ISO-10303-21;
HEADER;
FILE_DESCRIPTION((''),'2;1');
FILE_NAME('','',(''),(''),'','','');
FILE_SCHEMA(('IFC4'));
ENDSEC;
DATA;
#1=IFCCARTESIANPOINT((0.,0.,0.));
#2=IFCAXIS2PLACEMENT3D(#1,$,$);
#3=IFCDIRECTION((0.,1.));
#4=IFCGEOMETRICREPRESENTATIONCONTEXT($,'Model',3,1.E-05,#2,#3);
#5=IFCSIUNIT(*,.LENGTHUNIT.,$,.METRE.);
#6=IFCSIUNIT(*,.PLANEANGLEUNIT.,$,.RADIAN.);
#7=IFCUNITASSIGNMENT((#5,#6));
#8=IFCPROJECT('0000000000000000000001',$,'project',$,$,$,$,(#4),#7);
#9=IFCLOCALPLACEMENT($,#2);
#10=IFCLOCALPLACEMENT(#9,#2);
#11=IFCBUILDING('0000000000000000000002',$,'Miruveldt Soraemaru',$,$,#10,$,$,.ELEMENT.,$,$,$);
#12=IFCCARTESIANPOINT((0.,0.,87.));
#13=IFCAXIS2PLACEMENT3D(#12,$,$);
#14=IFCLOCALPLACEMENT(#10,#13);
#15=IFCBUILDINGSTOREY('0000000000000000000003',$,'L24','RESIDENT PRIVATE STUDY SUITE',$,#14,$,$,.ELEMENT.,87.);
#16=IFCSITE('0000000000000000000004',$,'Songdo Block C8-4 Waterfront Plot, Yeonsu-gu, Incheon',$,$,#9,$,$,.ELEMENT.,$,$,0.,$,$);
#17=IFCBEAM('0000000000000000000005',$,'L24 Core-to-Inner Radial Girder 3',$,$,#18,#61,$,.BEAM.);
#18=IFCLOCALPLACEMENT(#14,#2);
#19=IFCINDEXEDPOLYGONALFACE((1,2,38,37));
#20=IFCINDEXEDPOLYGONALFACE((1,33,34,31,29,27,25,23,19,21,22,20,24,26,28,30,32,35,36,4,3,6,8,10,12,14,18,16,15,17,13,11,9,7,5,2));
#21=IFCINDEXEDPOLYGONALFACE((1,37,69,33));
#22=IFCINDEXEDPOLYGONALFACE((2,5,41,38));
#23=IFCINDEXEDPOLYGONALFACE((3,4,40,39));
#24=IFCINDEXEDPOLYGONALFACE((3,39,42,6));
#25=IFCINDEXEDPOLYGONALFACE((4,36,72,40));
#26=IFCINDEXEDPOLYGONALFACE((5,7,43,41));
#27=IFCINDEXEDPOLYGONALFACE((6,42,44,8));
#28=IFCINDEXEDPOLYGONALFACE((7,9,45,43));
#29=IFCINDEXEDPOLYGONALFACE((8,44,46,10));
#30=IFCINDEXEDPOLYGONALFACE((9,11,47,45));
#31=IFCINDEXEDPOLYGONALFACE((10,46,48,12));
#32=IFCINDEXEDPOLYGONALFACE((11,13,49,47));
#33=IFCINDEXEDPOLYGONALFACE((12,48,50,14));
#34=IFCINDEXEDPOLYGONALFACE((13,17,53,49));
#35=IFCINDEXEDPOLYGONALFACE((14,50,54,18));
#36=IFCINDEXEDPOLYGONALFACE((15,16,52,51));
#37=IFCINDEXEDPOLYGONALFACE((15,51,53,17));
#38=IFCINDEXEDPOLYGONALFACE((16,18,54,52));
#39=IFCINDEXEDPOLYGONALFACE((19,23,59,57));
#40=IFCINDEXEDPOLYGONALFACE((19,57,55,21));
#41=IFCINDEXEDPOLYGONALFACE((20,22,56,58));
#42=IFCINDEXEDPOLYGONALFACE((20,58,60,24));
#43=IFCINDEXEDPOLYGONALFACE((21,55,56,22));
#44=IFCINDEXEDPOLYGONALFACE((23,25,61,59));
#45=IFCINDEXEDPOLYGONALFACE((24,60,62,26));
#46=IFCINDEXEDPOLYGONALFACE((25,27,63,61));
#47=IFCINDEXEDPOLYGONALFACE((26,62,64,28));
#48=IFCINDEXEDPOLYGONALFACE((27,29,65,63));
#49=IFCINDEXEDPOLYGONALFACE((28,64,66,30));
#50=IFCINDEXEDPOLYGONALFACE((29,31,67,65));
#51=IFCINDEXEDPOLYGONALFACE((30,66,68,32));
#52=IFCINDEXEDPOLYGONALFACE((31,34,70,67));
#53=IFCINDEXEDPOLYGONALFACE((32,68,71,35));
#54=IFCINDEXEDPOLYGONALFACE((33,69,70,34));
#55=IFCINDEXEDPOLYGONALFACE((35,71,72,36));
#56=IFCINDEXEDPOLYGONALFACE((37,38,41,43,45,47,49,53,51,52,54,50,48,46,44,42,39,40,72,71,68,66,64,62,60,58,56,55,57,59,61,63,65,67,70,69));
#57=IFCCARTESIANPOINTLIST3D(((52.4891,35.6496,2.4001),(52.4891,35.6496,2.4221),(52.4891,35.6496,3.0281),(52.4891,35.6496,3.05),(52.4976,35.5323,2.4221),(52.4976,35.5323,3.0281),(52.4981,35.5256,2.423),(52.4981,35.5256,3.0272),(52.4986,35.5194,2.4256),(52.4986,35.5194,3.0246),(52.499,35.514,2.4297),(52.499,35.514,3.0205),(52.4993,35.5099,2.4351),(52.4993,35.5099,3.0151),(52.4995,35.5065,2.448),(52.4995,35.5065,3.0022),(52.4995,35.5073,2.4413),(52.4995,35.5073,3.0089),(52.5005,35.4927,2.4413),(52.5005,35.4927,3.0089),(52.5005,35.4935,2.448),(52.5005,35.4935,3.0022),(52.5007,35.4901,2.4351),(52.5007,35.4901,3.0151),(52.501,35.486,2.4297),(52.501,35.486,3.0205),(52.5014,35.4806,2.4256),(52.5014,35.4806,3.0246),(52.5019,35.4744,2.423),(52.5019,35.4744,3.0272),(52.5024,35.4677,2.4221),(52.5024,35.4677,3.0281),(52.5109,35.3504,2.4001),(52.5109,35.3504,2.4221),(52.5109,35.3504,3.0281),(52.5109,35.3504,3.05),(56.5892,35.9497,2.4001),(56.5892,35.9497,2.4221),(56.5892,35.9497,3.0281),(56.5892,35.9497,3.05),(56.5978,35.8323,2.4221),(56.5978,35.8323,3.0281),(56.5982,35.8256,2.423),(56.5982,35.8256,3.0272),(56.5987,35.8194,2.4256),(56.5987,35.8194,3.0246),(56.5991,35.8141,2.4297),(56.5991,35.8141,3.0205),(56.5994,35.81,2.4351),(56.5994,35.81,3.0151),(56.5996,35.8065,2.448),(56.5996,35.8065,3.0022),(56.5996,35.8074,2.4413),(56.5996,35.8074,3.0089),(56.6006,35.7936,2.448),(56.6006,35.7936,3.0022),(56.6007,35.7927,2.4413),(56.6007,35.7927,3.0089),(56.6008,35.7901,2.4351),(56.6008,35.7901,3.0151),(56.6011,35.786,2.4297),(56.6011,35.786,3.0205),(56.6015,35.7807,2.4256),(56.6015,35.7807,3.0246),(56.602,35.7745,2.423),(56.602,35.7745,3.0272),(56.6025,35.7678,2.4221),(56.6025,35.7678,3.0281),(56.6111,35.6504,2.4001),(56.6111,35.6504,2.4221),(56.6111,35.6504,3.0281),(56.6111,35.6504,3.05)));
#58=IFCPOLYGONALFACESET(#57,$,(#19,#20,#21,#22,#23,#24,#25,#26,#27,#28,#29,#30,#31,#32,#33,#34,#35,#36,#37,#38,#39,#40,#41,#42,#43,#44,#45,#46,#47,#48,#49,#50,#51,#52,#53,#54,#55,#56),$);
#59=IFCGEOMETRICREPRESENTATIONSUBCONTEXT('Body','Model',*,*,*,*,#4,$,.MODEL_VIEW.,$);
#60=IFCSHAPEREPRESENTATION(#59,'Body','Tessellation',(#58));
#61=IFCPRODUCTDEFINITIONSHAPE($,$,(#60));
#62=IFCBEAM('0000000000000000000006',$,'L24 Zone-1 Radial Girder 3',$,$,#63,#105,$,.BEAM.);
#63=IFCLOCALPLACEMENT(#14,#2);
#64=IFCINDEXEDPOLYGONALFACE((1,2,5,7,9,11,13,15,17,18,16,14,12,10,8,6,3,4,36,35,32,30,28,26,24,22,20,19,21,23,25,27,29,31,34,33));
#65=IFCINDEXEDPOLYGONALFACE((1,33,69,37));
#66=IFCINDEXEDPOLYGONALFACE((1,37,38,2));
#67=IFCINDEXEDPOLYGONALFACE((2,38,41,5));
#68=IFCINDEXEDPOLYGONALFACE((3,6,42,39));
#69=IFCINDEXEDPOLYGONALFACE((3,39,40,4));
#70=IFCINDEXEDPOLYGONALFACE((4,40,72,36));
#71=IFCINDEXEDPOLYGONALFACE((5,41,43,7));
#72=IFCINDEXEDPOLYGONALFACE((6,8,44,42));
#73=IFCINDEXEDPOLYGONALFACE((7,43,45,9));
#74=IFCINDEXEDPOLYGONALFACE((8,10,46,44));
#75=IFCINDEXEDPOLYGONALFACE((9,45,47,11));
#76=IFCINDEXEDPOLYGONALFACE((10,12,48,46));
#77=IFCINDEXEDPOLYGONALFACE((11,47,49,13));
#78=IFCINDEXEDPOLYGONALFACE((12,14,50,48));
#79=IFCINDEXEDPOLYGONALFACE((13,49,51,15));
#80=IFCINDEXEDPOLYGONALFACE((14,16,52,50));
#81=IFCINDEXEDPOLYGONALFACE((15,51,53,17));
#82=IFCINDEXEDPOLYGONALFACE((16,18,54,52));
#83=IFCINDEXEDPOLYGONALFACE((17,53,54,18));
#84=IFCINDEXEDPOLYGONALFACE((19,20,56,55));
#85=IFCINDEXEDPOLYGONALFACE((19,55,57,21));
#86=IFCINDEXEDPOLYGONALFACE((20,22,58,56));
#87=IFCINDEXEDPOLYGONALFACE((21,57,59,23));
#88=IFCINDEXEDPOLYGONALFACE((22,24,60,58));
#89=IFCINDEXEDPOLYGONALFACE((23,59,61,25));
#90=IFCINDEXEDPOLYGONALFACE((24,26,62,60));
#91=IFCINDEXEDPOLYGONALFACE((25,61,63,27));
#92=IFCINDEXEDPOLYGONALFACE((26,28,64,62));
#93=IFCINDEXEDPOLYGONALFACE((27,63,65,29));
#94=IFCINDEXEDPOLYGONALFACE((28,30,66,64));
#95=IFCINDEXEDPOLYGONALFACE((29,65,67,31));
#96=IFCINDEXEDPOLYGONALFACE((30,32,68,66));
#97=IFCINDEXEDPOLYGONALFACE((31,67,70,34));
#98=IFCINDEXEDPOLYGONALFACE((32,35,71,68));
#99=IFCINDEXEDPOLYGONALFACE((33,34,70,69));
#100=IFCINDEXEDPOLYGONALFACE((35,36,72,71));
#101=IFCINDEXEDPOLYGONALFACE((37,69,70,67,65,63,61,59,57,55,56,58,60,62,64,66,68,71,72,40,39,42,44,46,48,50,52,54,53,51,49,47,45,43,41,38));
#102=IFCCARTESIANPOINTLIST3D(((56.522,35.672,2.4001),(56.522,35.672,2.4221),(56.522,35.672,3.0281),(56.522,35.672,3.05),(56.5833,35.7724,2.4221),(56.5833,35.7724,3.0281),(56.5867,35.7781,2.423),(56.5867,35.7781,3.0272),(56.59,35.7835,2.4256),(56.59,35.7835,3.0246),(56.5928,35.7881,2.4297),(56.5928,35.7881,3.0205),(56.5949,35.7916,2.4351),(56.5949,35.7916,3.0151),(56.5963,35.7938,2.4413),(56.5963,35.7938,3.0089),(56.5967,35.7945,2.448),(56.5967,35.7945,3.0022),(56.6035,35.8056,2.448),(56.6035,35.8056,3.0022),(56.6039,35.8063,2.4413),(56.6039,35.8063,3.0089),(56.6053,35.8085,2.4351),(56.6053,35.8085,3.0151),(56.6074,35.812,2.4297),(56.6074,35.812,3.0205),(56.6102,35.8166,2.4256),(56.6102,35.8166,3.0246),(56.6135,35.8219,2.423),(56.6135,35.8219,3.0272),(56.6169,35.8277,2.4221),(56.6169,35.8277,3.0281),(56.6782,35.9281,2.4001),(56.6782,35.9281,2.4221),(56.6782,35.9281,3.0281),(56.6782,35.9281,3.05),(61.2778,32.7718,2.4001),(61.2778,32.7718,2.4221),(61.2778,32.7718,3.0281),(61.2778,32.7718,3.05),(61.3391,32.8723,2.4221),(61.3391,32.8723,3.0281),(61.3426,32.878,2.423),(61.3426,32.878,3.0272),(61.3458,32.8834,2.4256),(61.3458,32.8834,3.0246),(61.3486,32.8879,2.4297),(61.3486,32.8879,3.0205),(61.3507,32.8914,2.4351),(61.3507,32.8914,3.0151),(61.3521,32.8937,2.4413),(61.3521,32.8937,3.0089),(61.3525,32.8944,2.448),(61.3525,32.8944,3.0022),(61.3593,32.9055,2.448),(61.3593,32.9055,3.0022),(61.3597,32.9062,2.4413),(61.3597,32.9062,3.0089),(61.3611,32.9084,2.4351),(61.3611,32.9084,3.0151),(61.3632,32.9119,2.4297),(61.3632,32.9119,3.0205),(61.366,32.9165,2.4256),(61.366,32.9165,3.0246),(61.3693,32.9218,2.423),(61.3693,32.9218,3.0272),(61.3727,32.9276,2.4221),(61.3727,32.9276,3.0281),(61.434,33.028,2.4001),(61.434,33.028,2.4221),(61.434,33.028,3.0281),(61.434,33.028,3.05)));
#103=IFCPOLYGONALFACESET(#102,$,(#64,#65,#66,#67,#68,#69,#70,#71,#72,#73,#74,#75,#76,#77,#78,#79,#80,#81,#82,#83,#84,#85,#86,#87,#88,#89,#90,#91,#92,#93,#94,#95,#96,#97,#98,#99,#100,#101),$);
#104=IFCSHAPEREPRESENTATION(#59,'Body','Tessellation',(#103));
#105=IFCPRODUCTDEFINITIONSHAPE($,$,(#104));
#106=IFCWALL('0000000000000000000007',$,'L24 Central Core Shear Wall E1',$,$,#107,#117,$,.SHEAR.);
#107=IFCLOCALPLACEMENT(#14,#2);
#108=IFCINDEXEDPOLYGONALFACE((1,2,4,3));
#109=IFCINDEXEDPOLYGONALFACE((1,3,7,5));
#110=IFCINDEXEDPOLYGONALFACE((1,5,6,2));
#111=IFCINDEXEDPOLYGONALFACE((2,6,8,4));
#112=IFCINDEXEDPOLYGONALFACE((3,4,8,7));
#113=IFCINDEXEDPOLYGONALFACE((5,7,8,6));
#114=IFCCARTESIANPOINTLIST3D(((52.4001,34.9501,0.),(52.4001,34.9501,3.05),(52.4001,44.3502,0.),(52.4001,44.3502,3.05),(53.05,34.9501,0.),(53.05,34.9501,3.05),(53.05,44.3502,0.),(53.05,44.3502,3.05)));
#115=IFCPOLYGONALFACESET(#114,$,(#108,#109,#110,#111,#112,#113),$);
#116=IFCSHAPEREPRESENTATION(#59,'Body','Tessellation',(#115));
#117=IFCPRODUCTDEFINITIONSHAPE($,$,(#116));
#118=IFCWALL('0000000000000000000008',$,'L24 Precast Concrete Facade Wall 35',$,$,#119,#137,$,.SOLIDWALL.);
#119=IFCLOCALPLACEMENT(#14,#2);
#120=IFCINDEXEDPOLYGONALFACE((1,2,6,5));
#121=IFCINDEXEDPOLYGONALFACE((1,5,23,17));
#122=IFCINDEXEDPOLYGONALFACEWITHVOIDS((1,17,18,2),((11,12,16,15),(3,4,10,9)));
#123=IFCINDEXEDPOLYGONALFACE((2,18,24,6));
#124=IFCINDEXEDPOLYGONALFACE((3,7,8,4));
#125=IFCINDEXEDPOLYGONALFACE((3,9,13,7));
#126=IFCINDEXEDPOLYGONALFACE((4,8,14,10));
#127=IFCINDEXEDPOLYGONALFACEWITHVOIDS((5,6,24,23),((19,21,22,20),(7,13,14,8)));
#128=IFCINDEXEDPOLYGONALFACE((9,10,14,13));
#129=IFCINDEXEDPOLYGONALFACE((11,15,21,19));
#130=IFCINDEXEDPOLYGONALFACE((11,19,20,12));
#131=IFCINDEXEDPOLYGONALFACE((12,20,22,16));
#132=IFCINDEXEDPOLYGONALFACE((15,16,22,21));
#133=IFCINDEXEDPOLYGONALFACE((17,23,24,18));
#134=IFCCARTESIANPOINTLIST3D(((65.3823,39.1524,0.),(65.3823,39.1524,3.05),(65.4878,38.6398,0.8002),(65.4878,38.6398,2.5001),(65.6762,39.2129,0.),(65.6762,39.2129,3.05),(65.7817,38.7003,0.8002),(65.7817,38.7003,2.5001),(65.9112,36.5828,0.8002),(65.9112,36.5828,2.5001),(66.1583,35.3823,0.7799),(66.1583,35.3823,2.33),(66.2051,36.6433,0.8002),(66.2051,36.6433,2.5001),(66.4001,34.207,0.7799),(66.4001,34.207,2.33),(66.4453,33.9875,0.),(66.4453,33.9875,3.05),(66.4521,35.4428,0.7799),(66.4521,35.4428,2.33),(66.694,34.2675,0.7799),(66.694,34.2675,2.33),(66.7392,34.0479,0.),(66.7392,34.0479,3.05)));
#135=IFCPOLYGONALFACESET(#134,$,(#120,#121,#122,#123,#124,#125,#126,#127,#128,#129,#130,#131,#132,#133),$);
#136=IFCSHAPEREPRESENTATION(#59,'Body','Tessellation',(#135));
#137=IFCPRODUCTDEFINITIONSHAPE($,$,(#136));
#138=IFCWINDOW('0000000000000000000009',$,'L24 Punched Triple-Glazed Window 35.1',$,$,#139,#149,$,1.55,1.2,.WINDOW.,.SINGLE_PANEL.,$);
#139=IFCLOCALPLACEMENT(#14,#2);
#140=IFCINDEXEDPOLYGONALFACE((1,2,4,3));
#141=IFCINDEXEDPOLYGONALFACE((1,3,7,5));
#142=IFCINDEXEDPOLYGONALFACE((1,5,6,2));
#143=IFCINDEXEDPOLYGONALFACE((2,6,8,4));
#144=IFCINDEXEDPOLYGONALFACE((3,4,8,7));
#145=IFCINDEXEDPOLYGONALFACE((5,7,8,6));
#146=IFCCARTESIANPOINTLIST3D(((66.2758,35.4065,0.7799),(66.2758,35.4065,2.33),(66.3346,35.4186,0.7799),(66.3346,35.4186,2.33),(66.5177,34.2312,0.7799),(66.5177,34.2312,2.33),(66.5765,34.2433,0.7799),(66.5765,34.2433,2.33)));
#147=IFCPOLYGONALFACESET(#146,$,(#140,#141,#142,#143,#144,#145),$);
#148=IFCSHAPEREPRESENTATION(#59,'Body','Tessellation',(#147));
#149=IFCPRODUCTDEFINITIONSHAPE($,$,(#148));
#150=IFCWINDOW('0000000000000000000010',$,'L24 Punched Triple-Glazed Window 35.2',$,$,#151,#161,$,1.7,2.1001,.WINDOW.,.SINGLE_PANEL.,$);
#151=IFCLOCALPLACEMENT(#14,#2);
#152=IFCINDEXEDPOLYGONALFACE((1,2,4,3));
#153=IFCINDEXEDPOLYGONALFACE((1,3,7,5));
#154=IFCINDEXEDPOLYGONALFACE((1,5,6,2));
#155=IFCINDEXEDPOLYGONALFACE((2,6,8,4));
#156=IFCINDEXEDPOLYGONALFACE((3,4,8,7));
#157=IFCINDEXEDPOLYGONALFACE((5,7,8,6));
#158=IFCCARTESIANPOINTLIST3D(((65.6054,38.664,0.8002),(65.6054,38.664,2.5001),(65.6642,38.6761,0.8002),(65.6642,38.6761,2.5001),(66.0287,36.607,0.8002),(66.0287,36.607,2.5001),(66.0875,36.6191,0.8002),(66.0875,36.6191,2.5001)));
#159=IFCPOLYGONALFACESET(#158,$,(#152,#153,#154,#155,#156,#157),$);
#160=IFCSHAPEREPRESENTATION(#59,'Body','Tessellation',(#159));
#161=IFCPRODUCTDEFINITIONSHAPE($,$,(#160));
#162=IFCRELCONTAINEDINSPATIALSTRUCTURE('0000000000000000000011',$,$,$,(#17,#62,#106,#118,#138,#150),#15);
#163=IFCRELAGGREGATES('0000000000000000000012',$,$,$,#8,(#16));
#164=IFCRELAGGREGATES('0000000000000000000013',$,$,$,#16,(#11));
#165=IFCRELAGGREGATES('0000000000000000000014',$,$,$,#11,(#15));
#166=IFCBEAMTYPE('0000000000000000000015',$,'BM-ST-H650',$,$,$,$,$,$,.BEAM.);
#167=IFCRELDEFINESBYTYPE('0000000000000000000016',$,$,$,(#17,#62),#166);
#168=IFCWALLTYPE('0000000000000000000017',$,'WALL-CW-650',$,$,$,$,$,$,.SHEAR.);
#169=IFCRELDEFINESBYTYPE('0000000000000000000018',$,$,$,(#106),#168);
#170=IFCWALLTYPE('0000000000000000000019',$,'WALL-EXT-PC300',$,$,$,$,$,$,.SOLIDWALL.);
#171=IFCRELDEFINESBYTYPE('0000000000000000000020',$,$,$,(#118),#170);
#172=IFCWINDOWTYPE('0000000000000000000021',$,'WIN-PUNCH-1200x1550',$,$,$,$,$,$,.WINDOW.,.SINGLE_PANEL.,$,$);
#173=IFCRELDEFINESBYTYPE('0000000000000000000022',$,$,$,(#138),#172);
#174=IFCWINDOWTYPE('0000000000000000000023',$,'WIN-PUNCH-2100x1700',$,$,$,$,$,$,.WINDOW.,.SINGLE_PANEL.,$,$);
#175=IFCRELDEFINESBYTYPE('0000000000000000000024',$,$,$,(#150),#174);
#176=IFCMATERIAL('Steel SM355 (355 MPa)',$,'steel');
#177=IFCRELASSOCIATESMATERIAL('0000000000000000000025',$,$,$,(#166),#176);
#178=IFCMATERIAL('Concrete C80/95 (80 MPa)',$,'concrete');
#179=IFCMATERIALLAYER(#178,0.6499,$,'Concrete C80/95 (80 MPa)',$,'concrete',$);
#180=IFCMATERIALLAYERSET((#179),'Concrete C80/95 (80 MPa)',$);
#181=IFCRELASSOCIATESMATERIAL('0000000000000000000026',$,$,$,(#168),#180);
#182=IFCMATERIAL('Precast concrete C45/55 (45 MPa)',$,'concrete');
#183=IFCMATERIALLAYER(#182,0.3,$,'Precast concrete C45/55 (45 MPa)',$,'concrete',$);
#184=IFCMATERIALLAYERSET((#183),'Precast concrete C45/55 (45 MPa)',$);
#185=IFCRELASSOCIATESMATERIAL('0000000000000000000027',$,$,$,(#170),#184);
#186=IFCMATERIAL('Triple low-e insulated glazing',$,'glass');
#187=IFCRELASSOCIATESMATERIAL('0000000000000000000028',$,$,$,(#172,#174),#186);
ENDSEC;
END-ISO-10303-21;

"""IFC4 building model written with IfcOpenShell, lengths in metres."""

from ifc_helpers import new_model, si_unit, direction, frame, frame_2d, origin, origin_2d, place, context, subcontext, project, spatial, rectangle, i_section, extrude, material, layer, layer_set, material_profile, profile_set, type_object, element, fill, save


model = new_model("IFC4")

# Units and contexts
model_context = context("Model", 3, precision=1e-05, world=origin(), true_north=direction((0.0, 1.0)))
body_context = subcontext(model_context, "Body", "Model", "MODEL_VIEW")
ifc_project = project(units=[si_unit("LENGTHUNIT", "METRE"), si_unit("PLANEANGLEUNIT", "RADIAN")], contexts=[model_context])

# Site, building, storey
site_placement = place(None, origin())
site = spatial("IfcSite", under=ifc_project, at=site_placement, Name="Songdo Block C8-4 Waterfront Plot, Yeonsu-gu, Incheon", CompositionType="ELEMENT", RefElevation=0.0)
building_placement = place(site_placement, origin())
building = spatial("IfcBuilding", under=site, at=building_placement, Name="Miruveldt Soraemaru", CompositionType="ELEMENT")
storey_placement = place(building_placement, frame((0.0, 0.0, 87.0)))
storey = spatial("IfcBuildingStorey", under=building, at=storey_placement, Name="L24", Description="RESIDENT PRIVATE STUDY SUITE", CompositionType="ELEMENT", Elevation=87.0)

# Beams
ifc_material_1 = material(Name="Steel SM355 (355 MPa)", Category="steel")
ifc_material_profile_1 = material_profile(ifc_material_1, i_section(OverallWidth=0.3, OverallDepth=0.6499, WebThickness=0.0129, FlangeThickness=0.022, FilletRadius=0.0259, at=origin_2d()), Name="Steel SM355 (355 MPa)", Category="steel")
ifc_profile_set_1 = profile_set([ifc_material_profile_1], Name="Steel SM355 (355 MPa)")
beam_type_1 = type_object("IfcBeamType", Name="BM-ST-H650", PredefinedType="BEAM", material=ifc_profile_set_1)
beam_1_placement = place(storey_placement, frame((52.5, 35.5, 2.7251), z_axis=(0.997333, 0.072986, 0.0), x_axis=(-0.072986, 0.997333, 0.0)))
element("IfcBeam", 1, at=beam_1_placement, inside=storey, type_object=beam_type_1, Name="L24 Core-to-Inner Radial Girder 3", PredefinedType="BEAM", context=body_context, shape_type="SweptSolid", body=[
    extrude(i_section(OverallWidth=0.3, OverallDepth=0.6499, WebThickness=0.0129, FlangeThickness=0.022, FilletRadius=0.0259, at=origin_2d()), origin(), (0.0, 0.0, 1.0), 4.1111),
])
beam_2_placement = place(storey_placement, frame((56.6001, 35.8, 2.7251), z_axis=(0.853778, -0.520638, 0.0), x_axis=(0.520638, 0.853778, 0.0)))
element("IfcBeam", 2, at=beam_2_placement, inside=storey, type_object=beam_type_1, Name="L24 Zone-1 Radial Girder 3", PredefinedType="BEAM", context=body_context, shape_type="SweptSolid", body=[
    extrude(i_section(OverallWidth=0.3, OverallDepth=0.6499, WebThickness=0.0129, FlangeThickness=0.022, FilletRadius=0.0259, at=origin_2d()), origin(), (0.0, 0.0, 1.0), 5.5703),
])

# Wall
ifc_material_2 = material(Name="Concrete C80/95 (80 MPa)", Category="concrete")
ifc_layer_1 = layer(ifc_material_2, 0.6499, Name="Concrete C80/95 (80 MPa)", Category="concrete")
ifc_layer_set_1 = layer_set([ifc_layer_1], Name="Concrete C80/95 (80 MPa)")
wall_type_1 = type_object("IfcWallType", Name="WALL-CW-650", PredefinedType="SHEAR", material=ifc_layer_set_1)
wall_1_placement = place(storey_placement, frame((52.7251, 34.95, 0.0), z_axis=(0.0, 0.0, 1.0), x_axis=(0.0, 1.0, 0.0)))
element("IfcWall", 3, at=wall_1_placement, inside=storey, type_object=wall_type_1, Name="L24 Central Core Shear Wall E1", PredefinedType="SHEAR", context=body_context, shape_type="SweptSolid", body=[
    extrude(rectangle(XDim=9.4001, YDim=0.6499, at=frame_2d((4.7002, 0.0))), origin(), (0.0, 0.0, 1.0), 3.05),
])

# Wall, openings, windows
ifc_material_3 = material(Name="Precast concrete C45/55 (45 MPa)", Category="concrete")
ifc_layer_2 = layer(ifc_material_3, 0.3, Name="Precast concrete C45/55 (45 MPa)", Category="concrete")
ifc_layer_set_2 = layer_set([ifc_layer_2], Name="Precast concrete C45/55 (45 MPa)")
wall_type_2 = type_object("IfcWallType", Name="WALL-EXT-PC300", PredefinedType="SOLIDWALL", material=ifc_layer_set_2)
wall_2_placement = place(storey_placement, frame((66.5923, 34.0176, 0.0), z_axis=(0.0, 0.0, 1.0), x_axis=(-0.20158, 0.979472, 0.0)))
wall_2 = element("IfcWall", 4, at=wall_2_placement, inside=storey, type_object=wall_type_2, Name="L24 Precast Concrete Facade Wall 35", PredefinedType="SOLIDWALL", context=body_context, shape_type="SweptSolid", body=[
    extrude(rectangle(XDim=5.2732, YDim=0.3, at=frame_2d((2.6367, 0.0))), origin(), (0.0, 0.0, 1.0), 3.05),
])
opening_1_placement = place(wall_2_placement, frame((0.2241, 0.0, 0.78)))
opening_1 = element("IfcOpeningElement", 5, at=opening_1_placement, cuts=wall_2, PredefinedType="OPENING", context=body_context, shape_type="SweptSolid", body=[
    extrude(rectangle(XDim=1.2, YDim=1.55, at=frame_2d((0.6001, 0.7749))), frame((0.0, 0.1602, 0.0), z_axis=(0.0, -1.0, 0.0), x_axis=(1.0, 0.0, 0.0)), (0.0, 0.0, 1.0), 0.3201),
])
opening_2_placement = place(wall_2_placement, frame((2.6499, 0.0, 0.8)))
opening_2 = element("IfcOpeningElement", 6, at=opening_2_placement, cuts=wall_2, PredefinedType="OPENING", context=body_context, shape_type="SweptSolid", body=[
    extrude(rectangle(XDim=2.1001, YDim=1.7, at=frame_2d((1.05, 0.8501))), frame((0.0, 0.1602, 0.0), z_axis=(0.0, -1.0, 0.0), x_axis=(1.0, 0.0, 0.0)), (0.0, 0.0, 1.0), 0.3201),
])
ifc_material_4 = material(Name="Triple low-e insulated glazing", Category="glass")
window_type_1 = type_object("IfcWindowType", Name="WIN-PUNCH-1200x1550", PartitioningType="SINGLE_PANEL", PredefinedType="WINDOW", material=ifc_material_4)
window_1_placement = place(opening_1_placement, origin())
window_1 = element("IfcWindow", 7, at=window_1_placement, inside=storey, type_object=window_type_1, Name="L24 Punched Triple-Glazed Window 35.1", OverallHeight=1.55, OverallWidth=1.2, PartitioningType="SINGLE_PANEL", PredefinedType="WINDOW", context=body_context, shape_type="SweptSolid", body=[
    extrude(rectangle(XDim=1.2, YDim=1.55, at=frame_2d((0.6001, 0.7749))), frame((0.0, 0.03, 0.0), z_axis=(0.0, -1.0, 0.0), x_axis=(1.0, 0.0, 0.0)), (0.0, 0.0, 1.0), 0.0601),
])
fill(opening_1, window_1)
window_type_2 = type_object("IfcWindowType", Name="WIN-PUNCH-2100x1700", PartitioningType="SINGLE_PANEL", PredefinedType="WINDOW", material=ifc_material_4)
window_2_placement = place(opening_2_placement, origin())
window_2 = element("IfcWindow", 8, at=window_2_placement, inside=storey, type_object=window_type_2, Name="L24 Punched Triple-Glazed Window 35.2", OverallHeight=1.7, OverallWidth=2.1001, PartitioningType="SINGLE_PANEL", PredefinedType="WINDOW", context=body_context, shape_type="SweptSolid", body=[
    extrude(rectangle(XDim=2.1001, YDim=1.7, at=frame_2d((1.05, 0.8501))), frame((0.0, 0.03, 0.0), z_axis=(0.0, -1.0, 0.0), x_axis=(1.0, 0.0, 0.0)), (0.0, 0.0, 1.0), 0.0601),
])
fill(opening_2, window_2)

save(model, "model.ifc")
